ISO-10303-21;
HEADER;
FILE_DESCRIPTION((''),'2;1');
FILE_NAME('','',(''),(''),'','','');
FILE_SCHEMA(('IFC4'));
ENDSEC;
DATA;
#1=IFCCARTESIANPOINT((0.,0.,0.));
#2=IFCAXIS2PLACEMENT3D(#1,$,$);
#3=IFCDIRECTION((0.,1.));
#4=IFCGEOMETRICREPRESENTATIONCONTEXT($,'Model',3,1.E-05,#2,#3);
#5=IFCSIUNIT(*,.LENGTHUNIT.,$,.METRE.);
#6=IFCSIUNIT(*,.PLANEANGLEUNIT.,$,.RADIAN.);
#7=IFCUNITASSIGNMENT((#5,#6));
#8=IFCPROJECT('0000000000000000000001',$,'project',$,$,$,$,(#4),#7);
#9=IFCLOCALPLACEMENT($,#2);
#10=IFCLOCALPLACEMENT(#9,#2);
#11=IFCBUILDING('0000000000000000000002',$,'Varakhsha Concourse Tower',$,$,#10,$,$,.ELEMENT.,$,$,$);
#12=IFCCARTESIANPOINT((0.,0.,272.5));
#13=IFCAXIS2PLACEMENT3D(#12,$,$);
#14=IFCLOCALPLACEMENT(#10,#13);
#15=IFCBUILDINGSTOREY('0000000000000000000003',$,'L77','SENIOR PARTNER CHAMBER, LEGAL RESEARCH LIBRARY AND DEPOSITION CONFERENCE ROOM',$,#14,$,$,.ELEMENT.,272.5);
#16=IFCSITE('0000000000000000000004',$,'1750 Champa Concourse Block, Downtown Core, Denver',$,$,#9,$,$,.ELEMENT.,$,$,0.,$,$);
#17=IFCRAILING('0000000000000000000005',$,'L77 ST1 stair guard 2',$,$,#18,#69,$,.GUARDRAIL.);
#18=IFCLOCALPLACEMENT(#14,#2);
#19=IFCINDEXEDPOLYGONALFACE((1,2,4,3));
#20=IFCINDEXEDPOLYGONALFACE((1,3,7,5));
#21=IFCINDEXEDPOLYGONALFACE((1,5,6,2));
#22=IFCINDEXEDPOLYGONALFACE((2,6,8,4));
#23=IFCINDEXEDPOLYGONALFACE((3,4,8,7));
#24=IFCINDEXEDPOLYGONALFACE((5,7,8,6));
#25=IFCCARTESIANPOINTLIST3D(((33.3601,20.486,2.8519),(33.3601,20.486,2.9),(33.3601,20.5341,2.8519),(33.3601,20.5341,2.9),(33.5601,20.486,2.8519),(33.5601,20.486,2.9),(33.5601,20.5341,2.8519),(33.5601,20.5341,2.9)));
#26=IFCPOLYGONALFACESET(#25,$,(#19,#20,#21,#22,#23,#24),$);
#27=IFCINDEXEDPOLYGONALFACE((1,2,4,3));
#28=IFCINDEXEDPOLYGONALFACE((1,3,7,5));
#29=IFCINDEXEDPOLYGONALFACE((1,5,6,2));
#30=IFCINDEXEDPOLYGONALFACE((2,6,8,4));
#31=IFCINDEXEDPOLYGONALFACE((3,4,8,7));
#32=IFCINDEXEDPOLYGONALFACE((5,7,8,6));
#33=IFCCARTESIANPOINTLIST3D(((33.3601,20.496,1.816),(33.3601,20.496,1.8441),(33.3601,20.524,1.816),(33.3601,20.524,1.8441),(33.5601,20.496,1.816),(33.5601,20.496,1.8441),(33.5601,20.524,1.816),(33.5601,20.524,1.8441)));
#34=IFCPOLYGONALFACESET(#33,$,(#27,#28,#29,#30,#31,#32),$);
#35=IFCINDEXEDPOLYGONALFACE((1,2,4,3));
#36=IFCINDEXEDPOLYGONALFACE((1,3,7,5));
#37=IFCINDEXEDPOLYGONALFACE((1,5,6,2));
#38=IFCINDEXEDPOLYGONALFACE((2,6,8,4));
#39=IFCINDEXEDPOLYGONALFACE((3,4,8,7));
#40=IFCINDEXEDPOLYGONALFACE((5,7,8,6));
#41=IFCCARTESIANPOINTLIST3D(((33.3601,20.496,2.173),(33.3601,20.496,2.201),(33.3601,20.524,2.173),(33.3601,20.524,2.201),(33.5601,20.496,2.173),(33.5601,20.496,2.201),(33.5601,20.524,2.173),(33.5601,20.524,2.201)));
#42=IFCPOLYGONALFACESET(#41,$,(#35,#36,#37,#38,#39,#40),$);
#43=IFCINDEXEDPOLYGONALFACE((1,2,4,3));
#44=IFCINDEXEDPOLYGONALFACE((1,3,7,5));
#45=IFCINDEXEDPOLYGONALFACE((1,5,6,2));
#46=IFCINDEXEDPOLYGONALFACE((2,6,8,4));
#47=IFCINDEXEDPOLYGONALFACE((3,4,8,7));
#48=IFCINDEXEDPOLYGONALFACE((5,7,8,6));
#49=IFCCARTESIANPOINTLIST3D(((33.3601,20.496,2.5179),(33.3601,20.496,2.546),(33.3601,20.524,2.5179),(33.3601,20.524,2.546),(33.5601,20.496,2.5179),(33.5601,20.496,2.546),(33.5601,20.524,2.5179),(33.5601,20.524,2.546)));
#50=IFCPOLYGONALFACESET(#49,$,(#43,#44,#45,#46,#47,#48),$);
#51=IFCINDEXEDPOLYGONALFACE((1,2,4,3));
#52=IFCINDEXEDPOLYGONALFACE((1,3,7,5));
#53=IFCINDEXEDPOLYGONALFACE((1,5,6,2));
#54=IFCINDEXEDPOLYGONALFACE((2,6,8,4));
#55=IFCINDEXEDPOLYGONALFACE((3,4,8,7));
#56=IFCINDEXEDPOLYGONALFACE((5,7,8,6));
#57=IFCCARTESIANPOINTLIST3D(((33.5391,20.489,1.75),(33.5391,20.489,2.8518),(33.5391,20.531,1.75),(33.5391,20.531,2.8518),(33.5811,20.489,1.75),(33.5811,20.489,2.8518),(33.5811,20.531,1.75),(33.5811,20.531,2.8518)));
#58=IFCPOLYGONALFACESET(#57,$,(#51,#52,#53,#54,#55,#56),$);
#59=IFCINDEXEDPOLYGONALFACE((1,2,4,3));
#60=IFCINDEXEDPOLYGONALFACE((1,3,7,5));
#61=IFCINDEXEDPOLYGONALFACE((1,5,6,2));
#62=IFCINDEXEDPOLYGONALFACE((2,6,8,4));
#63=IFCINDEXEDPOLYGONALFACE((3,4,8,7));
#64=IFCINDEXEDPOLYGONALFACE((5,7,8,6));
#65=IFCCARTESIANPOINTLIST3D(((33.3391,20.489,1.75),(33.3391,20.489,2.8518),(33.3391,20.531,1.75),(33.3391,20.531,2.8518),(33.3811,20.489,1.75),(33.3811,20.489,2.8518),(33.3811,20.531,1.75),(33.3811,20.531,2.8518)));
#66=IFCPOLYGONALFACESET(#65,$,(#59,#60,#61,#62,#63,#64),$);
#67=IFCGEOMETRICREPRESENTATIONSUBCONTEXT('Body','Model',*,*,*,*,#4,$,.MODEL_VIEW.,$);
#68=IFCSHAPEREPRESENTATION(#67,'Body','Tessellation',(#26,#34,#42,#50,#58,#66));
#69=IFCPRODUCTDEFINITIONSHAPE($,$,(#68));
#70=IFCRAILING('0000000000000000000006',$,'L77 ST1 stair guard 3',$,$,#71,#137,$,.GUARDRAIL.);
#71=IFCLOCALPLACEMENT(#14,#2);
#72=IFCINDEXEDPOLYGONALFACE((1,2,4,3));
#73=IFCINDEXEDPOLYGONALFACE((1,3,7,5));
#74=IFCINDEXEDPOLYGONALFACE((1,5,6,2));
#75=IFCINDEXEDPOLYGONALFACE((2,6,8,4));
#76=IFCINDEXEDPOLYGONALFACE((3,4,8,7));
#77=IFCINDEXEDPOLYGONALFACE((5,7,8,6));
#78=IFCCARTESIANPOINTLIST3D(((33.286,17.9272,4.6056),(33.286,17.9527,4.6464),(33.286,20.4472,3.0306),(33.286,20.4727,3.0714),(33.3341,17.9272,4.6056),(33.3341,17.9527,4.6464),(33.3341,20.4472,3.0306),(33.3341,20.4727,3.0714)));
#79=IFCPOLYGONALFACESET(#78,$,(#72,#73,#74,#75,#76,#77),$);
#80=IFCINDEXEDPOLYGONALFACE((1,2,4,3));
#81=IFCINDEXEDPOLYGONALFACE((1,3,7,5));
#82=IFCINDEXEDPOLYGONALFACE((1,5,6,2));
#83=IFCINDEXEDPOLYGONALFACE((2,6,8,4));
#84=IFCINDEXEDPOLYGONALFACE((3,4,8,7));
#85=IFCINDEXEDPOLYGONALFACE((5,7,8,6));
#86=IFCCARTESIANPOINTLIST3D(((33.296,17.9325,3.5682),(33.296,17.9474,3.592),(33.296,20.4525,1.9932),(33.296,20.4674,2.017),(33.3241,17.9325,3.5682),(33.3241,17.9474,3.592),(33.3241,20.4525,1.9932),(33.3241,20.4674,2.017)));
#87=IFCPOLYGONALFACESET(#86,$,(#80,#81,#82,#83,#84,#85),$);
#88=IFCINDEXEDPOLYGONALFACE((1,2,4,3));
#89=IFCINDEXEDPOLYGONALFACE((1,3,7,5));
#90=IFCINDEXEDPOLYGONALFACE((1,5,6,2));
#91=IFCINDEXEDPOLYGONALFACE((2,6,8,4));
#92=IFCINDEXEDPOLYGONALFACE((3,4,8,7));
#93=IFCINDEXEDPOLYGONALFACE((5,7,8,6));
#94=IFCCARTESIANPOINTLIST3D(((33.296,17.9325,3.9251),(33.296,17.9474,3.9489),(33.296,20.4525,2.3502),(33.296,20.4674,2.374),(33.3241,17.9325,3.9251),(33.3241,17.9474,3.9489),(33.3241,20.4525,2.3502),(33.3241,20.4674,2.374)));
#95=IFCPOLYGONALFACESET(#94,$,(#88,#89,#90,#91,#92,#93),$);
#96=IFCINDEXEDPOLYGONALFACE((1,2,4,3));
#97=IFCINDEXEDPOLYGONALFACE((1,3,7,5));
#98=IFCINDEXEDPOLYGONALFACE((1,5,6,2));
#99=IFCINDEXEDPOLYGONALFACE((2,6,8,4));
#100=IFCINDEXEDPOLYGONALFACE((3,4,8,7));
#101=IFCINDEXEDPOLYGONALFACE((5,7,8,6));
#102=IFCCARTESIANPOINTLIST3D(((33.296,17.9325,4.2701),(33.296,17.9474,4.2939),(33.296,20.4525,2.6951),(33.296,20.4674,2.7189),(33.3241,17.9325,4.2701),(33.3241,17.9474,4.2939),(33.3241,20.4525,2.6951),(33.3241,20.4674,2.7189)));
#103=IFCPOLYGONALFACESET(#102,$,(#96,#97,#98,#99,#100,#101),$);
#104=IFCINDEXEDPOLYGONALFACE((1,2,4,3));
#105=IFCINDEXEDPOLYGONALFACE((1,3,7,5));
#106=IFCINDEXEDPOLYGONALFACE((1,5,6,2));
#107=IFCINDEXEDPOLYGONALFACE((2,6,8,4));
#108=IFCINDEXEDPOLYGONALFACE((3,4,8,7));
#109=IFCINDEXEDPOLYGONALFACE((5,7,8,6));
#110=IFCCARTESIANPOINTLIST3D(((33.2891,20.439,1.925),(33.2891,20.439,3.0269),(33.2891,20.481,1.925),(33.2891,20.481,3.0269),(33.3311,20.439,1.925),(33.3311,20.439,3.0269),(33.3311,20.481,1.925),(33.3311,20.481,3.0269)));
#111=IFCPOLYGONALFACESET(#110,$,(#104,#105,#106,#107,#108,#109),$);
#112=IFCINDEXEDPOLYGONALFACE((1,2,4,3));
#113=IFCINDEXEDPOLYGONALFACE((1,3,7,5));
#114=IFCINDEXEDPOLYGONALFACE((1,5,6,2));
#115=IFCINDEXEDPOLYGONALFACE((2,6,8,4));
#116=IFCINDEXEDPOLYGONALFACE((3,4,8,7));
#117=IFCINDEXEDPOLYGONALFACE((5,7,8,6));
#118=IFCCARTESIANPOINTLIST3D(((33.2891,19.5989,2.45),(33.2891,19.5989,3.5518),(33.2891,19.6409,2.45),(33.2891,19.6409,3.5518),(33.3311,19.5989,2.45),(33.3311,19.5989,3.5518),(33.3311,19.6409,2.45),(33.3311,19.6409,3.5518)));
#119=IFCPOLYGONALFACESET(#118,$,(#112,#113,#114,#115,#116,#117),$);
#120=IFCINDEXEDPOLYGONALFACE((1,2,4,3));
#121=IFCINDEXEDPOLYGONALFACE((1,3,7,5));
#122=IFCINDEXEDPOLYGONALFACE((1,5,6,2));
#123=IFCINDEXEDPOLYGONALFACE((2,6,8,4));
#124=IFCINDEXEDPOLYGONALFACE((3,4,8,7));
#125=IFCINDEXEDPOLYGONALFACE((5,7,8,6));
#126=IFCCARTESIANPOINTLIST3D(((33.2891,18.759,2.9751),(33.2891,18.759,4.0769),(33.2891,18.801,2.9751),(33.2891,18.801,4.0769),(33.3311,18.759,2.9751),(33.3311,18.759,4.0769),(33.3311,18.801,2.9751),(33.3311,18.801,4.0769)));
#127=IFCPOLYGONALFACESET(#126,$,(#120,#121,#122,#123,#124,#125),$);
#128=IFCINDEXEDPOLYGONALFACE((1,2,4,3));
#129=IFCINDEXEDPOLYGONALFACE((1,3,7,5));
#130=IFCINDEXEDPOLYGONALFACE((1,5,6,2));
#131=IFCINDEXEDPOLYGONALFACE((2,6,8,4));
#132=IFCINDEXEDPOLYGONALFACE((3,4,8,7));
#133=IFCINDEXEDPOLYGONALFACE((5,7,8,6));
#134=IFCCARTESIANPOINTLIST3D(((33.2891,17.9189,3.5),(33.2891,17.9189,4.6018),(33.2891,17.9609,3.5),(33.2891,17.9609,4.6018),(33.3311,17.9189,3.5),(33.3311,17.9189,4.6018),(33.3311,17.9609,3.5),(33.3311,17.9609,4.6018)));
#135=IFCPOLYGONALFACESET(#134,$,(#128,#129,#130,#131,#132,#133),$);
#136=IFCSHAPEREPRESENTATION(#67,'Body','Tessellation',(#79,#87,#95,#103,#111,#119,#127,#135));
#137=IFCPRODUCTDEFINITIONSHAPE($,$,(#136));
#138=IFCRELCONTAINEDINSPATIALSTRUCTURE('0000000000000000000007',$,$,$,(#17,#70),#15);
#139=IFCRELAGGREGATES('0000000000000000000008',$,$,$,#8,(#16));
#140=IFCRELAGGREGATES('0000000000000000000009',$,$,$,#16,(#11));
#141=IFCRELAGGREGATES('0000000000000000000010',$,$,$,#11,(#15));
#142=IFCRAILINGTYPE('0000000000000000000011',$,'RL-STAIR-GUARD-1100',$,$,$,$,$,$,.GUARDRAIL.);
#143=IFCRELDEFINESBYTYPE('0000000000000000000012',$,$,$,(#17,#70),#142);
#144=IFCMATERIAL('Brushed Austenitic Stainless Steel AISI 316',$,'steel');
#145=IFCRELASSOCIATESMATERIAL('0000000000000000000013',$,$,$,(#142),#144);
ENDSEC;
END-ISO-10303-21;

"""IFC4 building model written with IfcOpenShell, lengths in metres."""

from ifc_helpers import new_model, si_unit, direction, frame, origin, origin_2d, place, context, subcontext, project, spatial, rectangle, extrude, material, type_object, element, save


model = new_model("IFC4")

# Units and contexts
model_context = context("Model", 3, precision=1e-05, world=origin(), true_north=direction((0.0, 1.0)))
body_context = subcontext(model_context, "Body", "Model", "MODEL_VIEW")
ifc_project = project(units=[si_unit("LENGTHUNIT", "METRE"), si_unit("PLANEANGLEUNIT", "RADIAN")], contexts=[model_context])

# Site, building, storey
site_placement = place(None, origin())
site = spatial("IfcSite", under=ifc_project, at=site_placement, Name="1750 Champa Concourse Block, Downtown Core, Denver", CompositionType="ELEMENT", RefElevation=0.0)
building_placement = place(site_placement, origin())
building = spatial("IfcBuilding", under=site, at=building_placement, Name="Varakhsha Concourse Tower", CompositionType="ELEMENT")
storey_placement = place(building_placement, frame((0.0, 0.0, 272.5)))
storey = spatial("IfcBuildingStorey", under=building, at=storey_placement, Name="L77", Description="SENIOR PARTNER CHAMBER, LEGAL RESEARCH LIBRARY AND DEPOSITION CONFERENCE ROOM", CompositionType="ELEMENT", Elevation=272.5)

# Shared definitions
ifc_material_1 = material(Name="Brushed Austenitic Stainless Steel AISI 316", Category="steel")

# Railings
railing_type = type_object("IfcRailingType", Name="RL-STAIR-GUARD-1100", PredefinedType="GUARDRAIL", material=ifc_material_1)
railing_1_placement = place(storey_placement, frame((33.5601, 20.51, 1.75)))
element("IfcRailing", 1, at=railing_1_placement, inside=storey, type_object=railing_type, Name="L77 ST1 stair guard 2", PredefinedType="GUARDRAIL", context=body_context, shape_type="SweptSolid", body=[
    extrude(rectangle(XDim=0.0481, YDim=0.0481, at=origin_2d()), frame((0.0, 0.0, 1.126), z_axis=(-1.0, 0.0, 0.0), x_axis=(0.0, -1.0, 0.0)), (0.0, 0.0, 1.0), 0.2),
    extrude(rectangle(XDim=0.0281, YDim=0.0281, at=origin_2d()), frame((0.0, 0.0, 0.0801), z_axis=(-1.0, 0.0, 0.0), x_axis=(0.0, -1.0, 0.0)), (0.0, 0.0, 1.0), 0.2),
    extrude(rectangle(XDim=0.0281, YDim=0.0281, at=origin_2d()), frame((0.0, 0.0, 0.437), z_axis=(-1.0, 0.0, 0.0), x_axis=(0.0, -1.0, 0.0)), (0.0, 0.0, 1.0), 0.2),
    extrude(rectangle(XDim=0.0281, YDim=0.0281, at=origin_2d()), frame((0.0, 0.0, 0.782), z_axis=(-1.0, 0.0, 0.0), x_axis=(0.0, -1.0, 0.0)), (0.0, 0.0, 1.0), 0.2),
    extrude(rectangle(XDim=0.042, YDim=0.042, at=origin_2d()), origin(), (0.0, 0.0, 1.0), 1.1018),
    extrude(rectangle(XDim=0.042, YDim=0.042, at=origin_2d()), frame((-0.2, 0.0, 0.0)), (0.0, 0.0, 1.0), 1.1018),
])
railing_2_placement = place(storey_placement, frame((33.3101, 20.46, 1.925)))
element("IfcRailing", 2, at=railing_2_placement, inside=storey, type_object=railing_type, Name="L77 ST1 stair guard 3", PredefinedType="GUARDRAIL", context=body_context, shape_type="SweptSolid", body=[
    extrude(rectangle(XDim=0.0481, YDim=0.0481, at=origin_2d()), frame((0.0, 0.0, 1.126), z_axis=(0.0, -0.848008, 0.529984), x_axis=(1.0, 0.0, 0.0)), (0.0, 0.0, 1.0), 2.9717),
    extrude(rectangle(XDim=0.0281, YDim=0.0281, at=origin_2d()), frame((0.0, 0.0, 0.0801), z_axis=(0.0, -0.848008, 0.529984), x_axis=(1.0, 0.0, 0.0)), (0.0, 0.0, 1.0), 2.9717),
    extrude(rectangle(XDim=0.0281, YDim=0.0281, at=origin_2d()), frame((0.0, 0.0, 0.437), z_axis=(0.0, -0.848008, 0.529984), x_axis=(1.0, 0.0, 0.0)), (0.0, 0.0, 1.0), 2.9717),
    extrude(rectangle(XDim=0.0281, YDim=0.0281, at=origin_2d()), frame((0.0, 0.0, 0.782), z_axis=(0.0, -0.848008, 0.529984), x_axis=(1.0, 0.0, 0.0)), (0.0, 0.0, 1.0), 2.9717),
    extrude(rectangle(XDim=0.042, YDim=0.042, at=origin_2d()), origin(), (0.0, 0.0, 1.0), 1.1018),
    extrude(rectangle(XDim=0.042, YDim=0.042, at=origin_2d()), frame((0.0, -0.8401, 0.5249)), (0.0, 0.0, 1.0), 1.1018),
    extrude(rectangle(XDim=0.042, YDim=0.042, at=origin_2d()), frame((0.0, -1.6799, 1.05)), (0.0, 0.0, 1.0), 1.1018),
    extrude(rectangle(XDim=0.042, YDim=0.042, at=origin_2d()), frame((0.0, -2.52, 1.575)), (0.0, 0.0, 1.0), 1.1018),
])

save(model, "model.ifc")
